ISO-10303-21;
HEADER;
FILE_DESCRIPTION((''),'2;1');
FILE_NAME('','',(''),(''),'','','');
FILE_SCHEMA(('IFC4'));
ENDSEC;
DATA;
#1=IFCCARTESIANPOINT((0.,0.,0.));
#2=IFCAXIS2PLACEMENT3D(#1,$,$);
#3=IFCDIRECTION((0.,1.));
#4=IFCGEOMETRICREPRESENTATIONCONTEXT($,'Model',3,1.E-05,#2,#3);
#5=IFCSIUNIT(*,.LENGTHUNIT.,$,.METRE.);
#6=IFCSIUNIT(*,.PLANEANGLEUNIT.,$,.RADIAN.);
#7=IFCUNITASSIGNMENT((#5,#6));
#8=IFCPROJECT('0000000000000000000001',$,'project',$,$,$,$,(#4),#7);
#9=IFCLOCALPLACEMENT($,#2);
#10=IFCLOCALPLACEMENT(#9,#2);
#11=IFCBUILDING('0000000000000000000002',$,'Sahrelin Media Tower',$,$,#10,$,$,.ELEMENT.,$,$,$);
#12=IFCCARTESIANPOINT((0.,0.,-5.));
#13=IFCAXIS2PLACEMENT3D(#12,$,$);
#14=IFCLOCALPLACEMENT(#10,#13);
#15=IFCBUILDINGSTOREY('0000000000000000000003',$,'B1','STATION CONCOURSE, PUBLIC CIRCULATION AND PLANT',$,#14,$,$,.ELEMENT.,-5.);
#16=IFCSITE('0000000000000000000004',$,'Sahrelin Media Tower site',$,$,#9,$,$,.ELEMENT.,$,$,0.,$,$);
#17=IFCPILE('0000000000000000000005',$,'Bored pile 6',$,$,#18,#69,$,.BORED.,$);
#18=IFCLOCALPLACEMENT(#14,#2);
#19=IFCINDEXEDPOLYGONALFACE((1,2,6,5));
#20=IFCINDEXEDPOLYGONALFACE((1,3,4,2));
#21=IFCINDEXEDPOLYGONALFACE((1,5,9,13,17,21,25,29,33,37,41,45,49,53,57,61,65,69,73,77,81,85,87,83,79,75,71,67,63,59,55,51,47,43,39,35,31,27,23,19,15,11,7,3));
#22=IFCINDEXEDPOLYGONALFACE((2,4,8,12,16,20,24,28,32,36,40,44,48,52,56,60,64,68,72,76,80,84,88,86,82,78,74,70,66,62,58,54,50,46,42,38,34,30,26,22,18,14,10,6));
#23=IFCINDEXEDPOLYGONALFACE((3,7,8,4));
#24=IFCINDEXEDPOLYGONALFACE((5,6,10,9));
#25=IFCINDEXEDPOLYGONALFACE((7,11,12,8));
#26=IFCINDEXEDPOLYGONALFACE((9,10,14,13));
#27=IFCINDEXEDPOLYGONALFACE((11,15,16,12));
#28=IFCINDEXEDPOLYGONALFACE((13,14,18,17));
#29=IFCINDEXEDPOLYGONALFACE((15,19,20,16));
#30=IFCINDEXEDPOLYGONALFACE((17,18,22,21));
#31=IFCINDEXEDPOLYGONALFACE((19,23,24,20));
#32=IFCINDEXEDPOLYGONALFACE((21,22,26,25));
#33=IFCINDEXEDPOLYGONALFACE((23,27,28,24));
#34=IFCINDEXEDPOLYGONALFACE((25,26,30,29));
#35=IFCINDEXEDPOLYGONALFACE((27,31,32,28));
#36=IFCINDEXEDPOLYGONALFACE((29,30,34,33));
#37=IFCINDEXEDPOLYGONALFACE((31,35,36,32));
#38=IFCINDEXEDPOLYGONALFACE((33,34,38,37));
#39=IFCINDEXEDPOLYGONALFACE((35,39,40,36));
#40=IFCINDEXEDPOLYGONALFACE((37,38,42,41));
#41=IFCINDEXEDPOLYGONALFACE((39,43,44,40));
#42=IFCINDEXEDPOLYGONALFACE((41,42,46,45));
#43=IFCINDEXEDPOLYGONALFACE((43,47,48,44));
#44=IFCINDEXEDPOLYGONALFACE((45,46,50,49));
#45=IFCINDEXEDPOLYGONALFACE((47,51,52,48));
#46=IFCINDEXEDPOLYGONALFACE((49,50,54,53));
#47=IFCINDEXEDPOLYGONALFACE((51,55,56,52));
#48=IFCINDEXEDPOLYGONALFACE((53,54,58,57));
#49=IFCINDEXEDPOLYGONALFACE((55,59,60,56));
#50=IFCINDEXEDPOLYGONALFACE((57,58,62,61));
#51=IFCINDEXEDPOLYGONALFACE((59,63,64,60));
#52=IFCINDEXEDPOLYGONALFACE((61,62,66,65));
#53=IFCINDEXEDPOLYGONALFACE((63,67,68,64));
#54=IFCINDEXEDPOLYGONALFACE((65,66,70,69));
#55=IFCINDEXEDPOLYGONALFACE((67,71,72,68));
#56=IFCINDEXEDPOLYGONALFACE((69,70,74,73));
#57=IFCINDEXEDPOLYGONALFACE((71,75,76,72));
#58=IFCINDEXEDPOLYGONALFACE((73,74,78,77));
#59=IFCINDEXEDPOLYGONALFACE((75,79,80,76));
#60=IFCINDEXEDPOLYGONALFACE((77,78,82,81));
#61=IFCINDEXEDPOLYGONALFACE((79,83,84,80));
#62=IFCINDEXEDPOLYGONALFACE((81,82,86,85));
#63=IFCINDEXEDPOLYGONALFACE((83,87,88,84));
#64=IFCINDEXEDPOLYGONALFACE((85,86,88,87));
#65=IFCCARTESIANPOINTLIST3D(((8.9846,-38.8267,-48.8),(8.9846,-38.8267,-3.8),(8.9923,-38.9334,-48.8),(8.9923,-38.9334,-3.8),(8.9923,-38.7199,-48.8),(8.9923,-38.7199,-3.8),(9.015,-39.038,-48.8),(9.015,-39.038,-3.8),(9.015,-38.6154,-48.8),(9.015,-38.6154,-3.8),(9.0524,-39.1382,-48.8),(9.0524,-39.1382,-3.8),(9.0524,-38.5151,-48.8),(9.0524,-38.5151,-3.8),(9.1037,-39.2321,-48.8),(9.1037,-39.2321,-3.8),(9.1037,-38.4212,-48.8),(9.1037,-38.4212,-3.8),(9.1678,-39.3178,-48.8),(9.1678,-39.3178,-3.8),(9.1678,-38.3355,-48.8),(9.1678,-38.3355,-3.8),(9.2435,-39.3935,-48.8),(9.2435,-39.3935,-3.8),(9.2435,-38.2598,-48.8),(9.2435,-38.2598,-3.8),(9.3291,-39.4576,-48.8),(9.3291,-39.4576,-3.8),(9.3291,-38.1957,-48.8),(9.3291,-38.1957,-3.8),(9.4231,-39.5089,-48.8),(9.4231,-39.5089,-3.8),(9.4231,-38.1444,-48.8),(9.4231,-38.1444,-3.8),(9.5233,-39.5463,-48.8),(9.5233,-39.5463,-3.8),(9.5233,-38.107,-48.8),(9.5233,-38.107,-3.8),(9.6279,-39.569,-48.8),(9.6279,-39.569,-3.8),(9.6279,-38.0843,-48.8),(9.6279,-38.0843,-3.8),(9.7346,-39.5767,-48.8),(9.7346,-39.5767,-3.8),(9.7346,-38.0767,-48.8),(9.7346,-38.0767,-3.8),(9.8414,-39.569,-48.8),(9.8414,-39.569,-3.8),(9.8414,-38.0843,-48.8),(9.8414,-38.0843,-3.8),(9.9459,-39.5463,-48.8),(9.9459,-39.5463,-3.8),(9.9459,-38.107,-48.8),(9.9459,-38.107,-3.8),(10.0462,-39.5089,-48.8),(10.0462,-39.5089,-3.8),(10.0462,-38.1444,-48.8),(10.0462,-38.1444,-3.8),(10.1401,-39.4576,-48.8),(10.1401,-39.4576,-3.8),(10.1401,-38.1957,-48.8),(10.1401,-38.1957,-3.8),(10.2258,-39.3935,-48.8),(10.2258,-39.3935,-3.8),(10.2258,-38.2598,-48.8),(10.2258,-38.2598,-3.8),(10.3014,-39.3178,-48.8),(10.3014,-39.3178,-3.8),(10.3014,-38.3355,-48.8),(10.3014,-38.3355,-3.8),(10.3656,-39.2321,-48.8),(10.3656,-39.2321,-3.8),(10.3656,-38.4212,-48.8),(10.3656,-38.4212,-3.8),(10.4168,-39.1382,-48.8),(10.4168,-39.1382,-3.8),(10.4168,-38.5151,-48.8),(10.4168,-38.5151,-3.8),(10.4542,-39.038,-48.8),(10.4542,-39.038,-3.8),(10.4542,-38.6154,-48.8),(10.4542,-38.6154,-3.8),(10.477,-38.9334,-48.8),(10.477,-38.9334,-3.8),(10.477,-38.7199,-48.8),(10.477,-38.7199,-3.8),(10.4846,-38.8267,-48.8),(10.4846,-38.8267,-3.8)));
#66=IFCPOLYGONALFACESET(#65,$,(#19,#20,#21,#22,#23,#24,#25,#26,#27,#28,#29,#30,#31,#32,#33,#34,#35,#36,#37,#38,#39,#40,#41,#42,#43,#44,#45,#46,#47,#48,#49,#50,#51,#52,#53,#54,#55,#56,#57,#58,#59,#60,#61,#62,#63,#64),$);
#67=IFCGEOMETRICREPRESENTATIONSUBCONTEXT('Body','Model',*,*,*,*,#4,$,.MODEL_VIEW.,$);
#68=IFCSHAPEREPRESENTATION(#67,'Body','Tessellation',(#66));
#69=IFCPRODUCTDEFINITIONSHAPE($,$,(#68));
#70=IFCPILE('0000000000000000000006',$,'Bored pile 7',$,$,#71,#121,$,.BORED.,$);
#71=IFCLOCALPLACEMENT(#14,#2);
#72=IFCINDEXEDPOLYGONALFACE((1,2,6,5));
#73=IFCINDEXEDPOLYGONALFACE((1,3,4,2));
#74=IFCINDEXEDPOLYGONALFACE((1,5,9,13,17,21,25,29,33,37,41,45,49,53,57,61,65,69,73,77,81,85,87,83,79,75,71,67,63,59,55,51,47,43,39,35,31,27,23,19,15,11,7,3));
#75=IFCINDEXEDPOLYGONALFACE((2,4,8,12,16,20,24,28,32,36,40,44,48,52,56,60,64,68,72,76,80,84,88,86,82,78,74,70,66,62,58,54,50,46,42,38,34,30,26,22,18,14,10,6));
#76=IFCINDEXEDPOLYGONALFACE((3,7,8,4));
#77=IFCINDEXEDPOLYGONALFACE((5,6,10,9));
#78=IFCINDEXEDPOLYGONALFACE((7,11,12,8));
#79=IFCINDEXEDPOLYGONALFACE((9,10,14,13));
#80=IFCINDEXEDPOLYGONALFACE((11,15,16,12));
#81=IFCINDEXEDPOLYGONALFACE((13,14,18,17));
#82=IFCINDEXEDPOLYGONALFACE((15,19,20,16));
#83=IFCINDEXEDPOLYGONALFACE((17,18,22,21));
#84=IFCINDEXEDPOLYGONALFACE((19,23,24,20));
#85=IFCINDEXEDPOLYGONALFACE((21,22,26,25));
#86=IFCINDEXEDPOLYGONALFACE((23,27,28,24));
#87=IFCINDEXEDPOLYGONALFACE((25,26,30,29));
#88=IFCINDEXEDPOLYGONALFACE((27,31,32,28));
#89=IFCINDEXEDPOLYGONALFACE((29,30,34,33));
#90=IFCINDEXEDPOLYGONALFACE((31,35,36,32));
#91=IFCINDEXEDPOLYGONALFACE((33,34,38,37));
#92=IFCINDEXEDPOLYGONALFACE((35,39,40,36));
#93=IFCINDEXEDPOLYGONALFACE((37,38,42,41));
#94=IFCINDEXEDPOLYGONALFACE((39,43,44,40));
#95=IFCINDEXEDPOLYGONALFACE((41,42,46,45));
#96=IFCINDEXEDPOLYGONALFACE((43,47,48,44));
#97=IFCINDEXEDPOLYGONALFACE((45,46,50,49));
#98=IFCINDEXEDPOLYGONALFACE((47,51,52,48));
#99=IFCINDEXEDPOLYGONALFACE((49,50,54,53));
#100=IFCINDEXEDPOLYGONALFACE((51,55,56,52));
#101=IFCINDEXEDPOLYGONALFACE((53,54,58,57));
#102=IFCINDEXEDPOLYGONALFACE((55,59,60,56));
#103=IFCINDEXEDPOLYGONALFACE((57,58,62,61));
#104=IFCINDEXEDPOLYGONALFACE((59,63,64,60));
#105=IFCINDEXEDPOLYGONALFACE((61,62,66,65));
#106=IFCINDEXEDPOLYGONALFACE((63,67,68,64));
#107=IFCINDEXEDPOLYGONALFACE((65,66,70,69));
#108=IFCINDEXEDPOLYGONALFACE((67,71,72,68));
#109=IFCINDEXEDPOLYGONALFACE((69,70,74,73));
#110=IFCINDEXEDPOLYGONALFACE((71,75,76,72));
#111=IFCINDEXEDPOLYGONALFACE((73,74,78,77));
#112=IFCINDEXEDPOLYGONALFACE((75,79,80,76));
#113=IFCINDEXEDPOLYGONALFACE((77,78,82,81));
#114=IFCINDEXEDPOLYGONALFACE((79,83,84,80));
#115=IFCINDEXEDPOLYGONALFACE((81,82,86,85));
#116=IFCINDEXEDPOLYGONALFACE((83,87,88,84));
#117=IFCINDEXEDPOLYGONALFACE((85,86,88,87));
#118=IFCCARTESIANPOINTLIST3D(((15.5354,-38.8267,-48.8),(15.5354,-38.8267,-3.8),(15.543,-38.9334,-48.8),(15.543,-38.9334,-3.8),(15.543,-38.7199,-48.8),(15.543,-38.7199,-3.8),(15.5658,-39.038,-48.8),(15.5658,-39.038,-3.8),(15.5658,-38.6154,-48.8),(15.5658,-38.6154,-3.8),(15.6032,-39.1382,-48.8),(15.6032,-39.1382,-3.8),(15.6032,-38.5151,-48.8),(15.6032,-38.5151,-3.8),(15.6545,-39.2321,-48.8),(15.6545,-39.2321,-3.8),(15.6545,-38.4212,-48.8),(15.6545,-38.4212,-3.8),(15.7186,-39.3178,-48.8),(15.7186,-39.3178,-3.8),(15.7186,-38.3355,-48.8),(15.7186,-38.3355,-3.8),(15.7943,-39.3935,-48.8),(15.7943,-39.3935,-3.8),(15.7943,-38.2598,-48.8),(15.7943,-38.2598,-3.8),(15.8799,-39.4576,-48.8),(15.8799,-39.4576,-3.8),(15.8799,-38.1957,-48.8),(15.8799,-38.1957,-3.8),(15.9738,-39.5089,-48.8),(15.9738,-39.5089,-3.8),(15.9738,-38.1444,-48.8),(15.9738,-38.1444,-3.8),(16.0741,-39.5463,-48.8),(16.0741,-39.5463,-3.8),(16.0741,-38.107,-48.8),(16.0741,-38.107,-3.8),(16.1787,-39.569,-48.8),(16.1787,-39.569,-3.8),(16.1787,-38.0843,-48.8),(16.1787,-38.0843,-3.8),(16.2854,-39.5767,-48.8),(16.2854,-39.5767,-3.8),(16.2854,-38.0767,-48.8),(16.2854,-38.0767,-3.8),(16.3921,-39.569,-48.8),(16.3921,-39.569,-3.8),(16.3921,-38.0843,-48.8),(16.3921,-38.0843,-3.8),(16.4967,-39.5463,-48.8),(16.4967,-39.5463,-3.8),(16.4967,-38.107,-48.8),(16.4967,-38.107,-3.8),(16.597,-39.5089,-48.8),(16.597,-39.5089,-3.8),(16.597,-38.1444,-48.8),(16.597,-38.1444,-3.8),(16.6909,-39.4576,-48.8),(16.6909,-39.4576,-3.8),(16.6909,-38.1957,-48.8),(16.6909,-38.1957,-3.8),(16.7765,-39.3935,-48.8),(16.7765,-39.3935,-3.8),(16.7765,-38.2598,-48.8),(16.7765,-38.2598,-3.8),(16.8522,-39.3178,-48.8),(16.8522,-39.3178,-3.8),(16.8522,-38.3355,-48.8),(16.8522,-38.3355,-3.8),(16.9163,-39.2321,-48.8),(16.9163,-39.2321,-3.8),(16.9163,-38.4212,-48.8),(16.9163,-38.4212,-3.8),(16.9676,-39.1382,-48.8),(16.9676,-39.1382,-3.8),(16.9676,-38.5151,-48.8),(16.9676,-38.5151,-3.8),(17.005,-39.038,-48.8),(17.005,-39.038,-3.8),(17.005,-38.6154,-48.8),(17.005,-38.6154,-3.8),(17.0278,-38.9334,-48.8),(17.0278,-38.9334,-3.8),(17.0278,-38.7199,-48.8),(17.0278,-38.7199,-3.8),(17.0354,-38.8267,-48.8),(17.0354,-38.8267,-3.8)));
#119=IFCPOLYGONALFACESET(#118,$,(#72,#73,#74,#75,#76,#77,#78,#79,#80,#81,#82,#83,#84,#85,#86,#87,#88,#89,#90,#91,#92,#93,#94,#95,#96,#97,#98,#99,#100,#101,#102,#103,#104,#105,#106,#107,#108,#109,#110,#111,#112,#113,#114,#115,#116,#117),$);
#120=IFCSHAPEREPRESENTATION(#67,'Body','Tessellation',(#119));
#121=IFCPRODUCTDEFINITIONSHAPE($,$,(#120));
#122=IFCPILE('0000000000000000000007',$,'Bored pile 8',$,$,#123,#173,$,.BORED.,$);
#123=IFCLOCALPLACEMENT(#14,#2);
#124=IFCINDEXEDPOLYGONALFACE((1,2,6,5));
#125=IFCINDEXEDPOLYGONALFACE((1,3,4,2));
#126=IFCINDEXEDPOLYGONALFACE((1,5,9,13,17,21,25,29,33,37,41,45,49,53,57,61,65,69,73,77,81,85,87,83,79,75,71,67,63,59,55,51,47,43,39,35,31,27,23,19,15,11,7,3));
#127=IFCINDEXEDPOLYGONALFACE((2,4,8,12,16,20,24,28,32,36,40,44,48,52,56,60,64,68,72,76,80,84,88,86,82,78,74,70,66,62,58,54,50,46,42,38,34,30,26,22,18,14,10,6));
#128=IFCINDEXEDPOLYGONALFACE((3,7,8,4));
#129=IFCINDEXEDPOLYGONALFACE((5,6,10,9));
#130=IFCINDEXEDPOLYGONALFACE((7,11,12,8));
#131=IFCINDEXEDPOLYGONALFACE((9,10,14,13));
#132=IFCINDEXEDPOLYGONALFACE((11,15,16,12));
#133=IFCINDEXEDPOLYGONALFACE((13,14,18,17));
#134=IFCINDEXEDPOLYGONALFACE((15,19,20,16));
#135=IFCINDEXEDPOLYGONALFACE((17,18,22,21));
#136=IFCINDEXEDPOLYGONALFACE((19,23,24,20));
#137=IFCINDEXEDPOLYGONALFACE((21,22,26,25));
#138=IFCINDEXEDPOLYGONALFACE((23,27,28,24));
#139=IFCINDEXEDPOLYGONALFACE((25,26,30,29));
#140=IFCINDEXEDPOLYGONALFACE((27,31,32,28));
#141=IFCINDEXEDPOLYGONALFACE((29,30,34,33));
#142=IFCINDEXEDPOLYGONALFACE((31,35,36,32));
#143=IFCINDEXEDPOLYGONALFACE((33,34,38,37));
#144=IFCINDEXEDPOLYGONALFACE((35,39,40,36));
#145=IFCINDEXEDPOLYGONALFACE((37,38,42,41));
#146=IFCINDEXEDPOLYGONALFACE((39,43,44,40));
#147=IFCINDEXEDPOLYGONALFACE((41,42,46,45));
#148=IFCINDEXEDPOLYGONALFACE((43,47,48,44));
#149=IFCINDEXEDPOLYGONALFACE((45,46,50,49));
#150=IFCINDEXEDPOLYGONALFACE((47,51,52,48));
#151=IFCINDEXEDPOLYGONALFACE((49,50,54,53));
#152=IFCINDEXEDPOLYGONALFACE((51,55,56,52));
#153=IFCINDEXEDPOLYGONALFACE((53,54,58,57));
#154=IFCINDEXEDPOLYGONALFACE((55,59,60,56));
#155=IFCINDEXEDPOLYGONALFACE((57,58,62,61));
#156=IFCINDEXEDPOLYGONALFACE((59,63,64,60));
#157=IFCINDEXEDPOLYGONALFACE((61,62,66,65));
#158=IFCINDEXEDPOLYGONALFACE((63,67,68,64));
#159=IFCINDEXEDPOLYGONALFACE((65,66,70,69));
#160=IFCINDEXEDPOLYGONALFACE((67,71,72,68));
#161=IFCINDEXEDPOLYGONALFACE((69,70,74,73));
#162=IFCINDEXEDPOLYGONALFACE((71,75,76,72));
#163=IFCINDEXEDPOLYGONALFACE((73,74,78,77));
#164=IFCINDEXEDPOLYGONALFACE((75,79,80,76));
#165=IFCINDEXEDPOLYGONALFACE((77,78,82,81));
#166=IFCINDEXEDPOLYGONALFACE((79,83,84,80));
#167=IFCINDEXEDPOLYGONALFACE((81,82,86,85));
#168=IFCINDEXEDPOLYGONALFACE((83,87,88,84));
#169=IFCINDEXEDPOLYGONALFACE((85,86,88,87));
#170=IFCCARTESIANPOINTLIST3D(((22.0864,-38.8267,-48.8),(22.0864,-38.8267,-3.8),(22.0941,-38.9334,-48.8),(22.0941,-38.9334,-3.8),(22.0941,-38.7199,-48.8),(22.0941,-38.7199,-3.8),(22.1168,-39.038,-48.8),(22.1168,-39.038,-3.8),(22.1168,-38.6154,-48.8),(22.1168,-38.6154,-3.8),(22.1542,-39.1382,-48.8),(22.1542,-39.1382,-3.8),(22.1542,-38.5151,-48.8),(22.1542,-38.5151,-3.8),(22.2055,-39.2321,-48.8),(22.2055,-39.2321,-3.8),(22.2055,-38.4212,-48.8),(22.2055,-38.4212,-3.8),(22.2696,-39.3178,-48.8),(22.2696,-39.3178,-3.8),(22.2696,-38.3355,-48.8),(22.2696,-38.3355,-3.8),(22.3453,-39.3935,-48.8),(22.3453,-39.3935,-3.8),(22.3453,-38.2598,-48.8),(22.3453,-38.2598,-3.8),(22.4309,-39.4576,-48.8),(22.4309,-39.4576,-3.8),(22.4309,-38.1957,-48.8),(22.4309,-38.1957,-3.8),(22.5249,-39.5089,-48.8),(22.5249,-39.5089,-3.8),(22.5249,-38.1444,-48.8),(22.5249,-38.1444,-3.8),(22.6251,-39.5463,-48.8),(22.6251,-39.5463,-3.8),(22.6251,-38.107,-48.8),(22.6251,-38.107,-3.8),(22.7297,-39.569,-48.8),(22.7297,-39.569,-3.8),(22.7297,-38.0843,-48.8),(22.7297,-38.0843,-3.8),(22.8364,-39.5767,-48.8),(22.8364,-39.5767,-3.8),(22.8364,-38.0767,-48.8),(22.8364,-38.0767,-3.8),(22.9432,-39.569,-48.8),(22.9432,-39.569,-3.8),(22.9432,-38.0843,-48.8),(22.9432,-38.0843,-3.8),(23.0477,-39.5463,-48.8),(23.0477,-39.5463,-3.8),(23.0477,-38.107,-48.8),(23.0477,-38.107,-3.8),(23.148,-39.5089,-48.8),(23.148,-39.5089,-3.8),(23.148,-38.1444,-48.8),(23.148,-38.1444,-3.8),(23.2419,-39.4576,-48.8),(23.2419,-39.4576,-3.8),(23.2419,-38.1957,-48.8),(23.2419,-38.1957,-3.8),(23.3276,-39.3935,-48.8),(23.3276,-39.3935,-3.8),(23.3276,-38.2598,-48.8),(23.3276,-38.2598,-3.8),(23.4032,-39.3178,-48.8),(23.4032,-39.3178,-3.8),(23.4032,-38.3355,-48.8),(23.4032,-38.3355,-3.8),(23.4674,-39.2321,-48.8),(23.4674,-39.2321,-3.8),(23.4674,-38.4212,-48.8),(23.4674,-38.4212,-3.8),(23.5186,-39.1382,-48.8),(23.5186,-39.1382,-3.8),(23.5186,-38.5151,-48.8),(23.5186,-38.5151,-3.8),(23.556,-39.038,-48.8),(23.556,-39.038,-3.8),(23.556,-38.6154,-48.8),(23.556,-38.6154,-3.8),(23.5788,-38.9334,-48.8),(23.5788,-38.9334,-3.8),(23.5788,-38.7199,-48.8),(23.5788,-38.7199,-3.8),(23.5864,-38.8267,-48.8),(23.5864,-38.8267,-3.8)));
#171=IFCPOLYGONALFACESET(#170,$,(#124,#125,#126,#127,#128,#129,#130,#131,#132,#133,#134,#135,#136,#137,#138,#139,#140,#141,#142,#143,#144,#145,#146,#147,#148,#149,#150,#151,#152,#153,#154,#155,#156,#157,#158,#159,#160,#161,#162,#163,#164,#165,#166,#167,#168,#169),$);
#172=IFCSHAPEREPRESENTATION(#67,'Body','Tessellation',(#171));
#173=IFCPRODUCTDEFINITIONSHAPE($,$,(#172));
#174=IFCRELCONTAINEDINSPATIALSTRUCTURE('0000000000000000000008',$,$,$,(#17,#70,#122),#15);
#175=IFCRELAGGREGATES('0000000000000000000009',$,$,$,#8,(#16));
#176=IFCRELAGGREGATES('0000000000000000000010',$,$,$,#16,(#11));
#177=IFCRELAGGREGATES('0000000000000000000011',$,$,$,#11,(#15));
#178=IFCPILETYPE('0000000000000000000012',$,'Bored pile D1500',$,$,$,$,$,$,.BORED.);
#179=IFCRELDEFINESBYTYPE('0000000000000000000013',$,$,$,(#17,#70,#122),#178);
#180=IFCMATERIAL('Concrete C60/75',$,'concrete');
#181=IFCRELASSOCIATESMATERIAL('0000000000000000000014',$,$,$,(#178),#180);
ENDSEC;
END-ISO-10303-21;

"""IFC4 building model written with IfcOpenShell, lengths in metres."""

from ifc_helpers import new_model, si_unit, direction, frame, origin, origin_2d, place, context, subcontext, project, spatial, circle, extrude, material, material_profile, profile_set, type_object, element, save


model = new_model("IFC4")

# Units and contexts
model_context = context("Model", 3, precision=1e-05, world=origin(), true_north=direction((0.0, 1.0)))
body_context = subcontext(model_context, "Body", "Model", "MODEL_VIEW")
ifc_project = project(units=[si_unit("LENGTHUNIT", "METRE"), si_unit("PLANEANGLEUNIT", "RADIAN")], contexts=[model_context])

# Site, building, storey
site_placement = place(None, origin())
site = spatial("IfcSite", under=ifc_project, at=site_placement, Name="Sahrelin Media Tower site", CompositionType="ELEMENT", RefElevation=0.0)
building_placement = place(site_placement, origin())
building = spatial("IfcBuilding", under=site, at=building_placement, Name="Sahrelin Media Tower", CompositionType="ELEMENT")
storey_placement = place(building_placement, frame((0.0, 0.0, -5.0)))
storey = spatial("IfcBuildingStorey", under=building, at=storey_placement, Name="B1", Description="STATION CONCOURSE, PUBLIC CIRCULATION AND PLANT", CompositionType="ELEMENT", Elevation=-5.0)

# Piles
ifc_material_1 = material(Name="Concrete C60/75", Category="concrete")
ifc_material_profile_1 = material_profile(ifc_material_1, circle(Radius=0.75, at=origin_2d()), Name="Bored pile D1500")
ifc_profile_set_1 = profile_set([ifc_material_profile_1], Name="Concrete C60/75")
pile_type = type_object("IfcPileType", Name="Bored pile D1500", PredefinedType="BORED", material=ifc_profile_set_1)
for number, where, z_axis, x_axis, name in (
    (1, (9.7346, -38.8267, -3.8), (0.0, 0.0, -1.0), (1.0, 0.0, 0.0), "Bored pile 6"),
    (2, (16.2854, -38.8267, -3.8), (0.0, 0.0, -1.0), (1.0, 0.0, 0.0), "Bored pile 7"),
    (3, (22.8364, -38.8267, -3.8), (0.0, 0.0, -1.0), (1.0, 0.0, 0.0), "Bored pile 8"),
):
    element("IfcPile", number, at=place(storey_placement, frame(where, z_axis=z_axis, x_axis=x_axis)), inside=storey, type_object=pile_type, Name=name, PredefinedType="BORED", context=body_context, shape_type="SweptSolid", body=[
        extrude(circle(Radius=0.75, at=origin_2d()), origin(), (0.0, 0.0, 1.0), 45.0),
    ])

save(model, "model.ifc")
